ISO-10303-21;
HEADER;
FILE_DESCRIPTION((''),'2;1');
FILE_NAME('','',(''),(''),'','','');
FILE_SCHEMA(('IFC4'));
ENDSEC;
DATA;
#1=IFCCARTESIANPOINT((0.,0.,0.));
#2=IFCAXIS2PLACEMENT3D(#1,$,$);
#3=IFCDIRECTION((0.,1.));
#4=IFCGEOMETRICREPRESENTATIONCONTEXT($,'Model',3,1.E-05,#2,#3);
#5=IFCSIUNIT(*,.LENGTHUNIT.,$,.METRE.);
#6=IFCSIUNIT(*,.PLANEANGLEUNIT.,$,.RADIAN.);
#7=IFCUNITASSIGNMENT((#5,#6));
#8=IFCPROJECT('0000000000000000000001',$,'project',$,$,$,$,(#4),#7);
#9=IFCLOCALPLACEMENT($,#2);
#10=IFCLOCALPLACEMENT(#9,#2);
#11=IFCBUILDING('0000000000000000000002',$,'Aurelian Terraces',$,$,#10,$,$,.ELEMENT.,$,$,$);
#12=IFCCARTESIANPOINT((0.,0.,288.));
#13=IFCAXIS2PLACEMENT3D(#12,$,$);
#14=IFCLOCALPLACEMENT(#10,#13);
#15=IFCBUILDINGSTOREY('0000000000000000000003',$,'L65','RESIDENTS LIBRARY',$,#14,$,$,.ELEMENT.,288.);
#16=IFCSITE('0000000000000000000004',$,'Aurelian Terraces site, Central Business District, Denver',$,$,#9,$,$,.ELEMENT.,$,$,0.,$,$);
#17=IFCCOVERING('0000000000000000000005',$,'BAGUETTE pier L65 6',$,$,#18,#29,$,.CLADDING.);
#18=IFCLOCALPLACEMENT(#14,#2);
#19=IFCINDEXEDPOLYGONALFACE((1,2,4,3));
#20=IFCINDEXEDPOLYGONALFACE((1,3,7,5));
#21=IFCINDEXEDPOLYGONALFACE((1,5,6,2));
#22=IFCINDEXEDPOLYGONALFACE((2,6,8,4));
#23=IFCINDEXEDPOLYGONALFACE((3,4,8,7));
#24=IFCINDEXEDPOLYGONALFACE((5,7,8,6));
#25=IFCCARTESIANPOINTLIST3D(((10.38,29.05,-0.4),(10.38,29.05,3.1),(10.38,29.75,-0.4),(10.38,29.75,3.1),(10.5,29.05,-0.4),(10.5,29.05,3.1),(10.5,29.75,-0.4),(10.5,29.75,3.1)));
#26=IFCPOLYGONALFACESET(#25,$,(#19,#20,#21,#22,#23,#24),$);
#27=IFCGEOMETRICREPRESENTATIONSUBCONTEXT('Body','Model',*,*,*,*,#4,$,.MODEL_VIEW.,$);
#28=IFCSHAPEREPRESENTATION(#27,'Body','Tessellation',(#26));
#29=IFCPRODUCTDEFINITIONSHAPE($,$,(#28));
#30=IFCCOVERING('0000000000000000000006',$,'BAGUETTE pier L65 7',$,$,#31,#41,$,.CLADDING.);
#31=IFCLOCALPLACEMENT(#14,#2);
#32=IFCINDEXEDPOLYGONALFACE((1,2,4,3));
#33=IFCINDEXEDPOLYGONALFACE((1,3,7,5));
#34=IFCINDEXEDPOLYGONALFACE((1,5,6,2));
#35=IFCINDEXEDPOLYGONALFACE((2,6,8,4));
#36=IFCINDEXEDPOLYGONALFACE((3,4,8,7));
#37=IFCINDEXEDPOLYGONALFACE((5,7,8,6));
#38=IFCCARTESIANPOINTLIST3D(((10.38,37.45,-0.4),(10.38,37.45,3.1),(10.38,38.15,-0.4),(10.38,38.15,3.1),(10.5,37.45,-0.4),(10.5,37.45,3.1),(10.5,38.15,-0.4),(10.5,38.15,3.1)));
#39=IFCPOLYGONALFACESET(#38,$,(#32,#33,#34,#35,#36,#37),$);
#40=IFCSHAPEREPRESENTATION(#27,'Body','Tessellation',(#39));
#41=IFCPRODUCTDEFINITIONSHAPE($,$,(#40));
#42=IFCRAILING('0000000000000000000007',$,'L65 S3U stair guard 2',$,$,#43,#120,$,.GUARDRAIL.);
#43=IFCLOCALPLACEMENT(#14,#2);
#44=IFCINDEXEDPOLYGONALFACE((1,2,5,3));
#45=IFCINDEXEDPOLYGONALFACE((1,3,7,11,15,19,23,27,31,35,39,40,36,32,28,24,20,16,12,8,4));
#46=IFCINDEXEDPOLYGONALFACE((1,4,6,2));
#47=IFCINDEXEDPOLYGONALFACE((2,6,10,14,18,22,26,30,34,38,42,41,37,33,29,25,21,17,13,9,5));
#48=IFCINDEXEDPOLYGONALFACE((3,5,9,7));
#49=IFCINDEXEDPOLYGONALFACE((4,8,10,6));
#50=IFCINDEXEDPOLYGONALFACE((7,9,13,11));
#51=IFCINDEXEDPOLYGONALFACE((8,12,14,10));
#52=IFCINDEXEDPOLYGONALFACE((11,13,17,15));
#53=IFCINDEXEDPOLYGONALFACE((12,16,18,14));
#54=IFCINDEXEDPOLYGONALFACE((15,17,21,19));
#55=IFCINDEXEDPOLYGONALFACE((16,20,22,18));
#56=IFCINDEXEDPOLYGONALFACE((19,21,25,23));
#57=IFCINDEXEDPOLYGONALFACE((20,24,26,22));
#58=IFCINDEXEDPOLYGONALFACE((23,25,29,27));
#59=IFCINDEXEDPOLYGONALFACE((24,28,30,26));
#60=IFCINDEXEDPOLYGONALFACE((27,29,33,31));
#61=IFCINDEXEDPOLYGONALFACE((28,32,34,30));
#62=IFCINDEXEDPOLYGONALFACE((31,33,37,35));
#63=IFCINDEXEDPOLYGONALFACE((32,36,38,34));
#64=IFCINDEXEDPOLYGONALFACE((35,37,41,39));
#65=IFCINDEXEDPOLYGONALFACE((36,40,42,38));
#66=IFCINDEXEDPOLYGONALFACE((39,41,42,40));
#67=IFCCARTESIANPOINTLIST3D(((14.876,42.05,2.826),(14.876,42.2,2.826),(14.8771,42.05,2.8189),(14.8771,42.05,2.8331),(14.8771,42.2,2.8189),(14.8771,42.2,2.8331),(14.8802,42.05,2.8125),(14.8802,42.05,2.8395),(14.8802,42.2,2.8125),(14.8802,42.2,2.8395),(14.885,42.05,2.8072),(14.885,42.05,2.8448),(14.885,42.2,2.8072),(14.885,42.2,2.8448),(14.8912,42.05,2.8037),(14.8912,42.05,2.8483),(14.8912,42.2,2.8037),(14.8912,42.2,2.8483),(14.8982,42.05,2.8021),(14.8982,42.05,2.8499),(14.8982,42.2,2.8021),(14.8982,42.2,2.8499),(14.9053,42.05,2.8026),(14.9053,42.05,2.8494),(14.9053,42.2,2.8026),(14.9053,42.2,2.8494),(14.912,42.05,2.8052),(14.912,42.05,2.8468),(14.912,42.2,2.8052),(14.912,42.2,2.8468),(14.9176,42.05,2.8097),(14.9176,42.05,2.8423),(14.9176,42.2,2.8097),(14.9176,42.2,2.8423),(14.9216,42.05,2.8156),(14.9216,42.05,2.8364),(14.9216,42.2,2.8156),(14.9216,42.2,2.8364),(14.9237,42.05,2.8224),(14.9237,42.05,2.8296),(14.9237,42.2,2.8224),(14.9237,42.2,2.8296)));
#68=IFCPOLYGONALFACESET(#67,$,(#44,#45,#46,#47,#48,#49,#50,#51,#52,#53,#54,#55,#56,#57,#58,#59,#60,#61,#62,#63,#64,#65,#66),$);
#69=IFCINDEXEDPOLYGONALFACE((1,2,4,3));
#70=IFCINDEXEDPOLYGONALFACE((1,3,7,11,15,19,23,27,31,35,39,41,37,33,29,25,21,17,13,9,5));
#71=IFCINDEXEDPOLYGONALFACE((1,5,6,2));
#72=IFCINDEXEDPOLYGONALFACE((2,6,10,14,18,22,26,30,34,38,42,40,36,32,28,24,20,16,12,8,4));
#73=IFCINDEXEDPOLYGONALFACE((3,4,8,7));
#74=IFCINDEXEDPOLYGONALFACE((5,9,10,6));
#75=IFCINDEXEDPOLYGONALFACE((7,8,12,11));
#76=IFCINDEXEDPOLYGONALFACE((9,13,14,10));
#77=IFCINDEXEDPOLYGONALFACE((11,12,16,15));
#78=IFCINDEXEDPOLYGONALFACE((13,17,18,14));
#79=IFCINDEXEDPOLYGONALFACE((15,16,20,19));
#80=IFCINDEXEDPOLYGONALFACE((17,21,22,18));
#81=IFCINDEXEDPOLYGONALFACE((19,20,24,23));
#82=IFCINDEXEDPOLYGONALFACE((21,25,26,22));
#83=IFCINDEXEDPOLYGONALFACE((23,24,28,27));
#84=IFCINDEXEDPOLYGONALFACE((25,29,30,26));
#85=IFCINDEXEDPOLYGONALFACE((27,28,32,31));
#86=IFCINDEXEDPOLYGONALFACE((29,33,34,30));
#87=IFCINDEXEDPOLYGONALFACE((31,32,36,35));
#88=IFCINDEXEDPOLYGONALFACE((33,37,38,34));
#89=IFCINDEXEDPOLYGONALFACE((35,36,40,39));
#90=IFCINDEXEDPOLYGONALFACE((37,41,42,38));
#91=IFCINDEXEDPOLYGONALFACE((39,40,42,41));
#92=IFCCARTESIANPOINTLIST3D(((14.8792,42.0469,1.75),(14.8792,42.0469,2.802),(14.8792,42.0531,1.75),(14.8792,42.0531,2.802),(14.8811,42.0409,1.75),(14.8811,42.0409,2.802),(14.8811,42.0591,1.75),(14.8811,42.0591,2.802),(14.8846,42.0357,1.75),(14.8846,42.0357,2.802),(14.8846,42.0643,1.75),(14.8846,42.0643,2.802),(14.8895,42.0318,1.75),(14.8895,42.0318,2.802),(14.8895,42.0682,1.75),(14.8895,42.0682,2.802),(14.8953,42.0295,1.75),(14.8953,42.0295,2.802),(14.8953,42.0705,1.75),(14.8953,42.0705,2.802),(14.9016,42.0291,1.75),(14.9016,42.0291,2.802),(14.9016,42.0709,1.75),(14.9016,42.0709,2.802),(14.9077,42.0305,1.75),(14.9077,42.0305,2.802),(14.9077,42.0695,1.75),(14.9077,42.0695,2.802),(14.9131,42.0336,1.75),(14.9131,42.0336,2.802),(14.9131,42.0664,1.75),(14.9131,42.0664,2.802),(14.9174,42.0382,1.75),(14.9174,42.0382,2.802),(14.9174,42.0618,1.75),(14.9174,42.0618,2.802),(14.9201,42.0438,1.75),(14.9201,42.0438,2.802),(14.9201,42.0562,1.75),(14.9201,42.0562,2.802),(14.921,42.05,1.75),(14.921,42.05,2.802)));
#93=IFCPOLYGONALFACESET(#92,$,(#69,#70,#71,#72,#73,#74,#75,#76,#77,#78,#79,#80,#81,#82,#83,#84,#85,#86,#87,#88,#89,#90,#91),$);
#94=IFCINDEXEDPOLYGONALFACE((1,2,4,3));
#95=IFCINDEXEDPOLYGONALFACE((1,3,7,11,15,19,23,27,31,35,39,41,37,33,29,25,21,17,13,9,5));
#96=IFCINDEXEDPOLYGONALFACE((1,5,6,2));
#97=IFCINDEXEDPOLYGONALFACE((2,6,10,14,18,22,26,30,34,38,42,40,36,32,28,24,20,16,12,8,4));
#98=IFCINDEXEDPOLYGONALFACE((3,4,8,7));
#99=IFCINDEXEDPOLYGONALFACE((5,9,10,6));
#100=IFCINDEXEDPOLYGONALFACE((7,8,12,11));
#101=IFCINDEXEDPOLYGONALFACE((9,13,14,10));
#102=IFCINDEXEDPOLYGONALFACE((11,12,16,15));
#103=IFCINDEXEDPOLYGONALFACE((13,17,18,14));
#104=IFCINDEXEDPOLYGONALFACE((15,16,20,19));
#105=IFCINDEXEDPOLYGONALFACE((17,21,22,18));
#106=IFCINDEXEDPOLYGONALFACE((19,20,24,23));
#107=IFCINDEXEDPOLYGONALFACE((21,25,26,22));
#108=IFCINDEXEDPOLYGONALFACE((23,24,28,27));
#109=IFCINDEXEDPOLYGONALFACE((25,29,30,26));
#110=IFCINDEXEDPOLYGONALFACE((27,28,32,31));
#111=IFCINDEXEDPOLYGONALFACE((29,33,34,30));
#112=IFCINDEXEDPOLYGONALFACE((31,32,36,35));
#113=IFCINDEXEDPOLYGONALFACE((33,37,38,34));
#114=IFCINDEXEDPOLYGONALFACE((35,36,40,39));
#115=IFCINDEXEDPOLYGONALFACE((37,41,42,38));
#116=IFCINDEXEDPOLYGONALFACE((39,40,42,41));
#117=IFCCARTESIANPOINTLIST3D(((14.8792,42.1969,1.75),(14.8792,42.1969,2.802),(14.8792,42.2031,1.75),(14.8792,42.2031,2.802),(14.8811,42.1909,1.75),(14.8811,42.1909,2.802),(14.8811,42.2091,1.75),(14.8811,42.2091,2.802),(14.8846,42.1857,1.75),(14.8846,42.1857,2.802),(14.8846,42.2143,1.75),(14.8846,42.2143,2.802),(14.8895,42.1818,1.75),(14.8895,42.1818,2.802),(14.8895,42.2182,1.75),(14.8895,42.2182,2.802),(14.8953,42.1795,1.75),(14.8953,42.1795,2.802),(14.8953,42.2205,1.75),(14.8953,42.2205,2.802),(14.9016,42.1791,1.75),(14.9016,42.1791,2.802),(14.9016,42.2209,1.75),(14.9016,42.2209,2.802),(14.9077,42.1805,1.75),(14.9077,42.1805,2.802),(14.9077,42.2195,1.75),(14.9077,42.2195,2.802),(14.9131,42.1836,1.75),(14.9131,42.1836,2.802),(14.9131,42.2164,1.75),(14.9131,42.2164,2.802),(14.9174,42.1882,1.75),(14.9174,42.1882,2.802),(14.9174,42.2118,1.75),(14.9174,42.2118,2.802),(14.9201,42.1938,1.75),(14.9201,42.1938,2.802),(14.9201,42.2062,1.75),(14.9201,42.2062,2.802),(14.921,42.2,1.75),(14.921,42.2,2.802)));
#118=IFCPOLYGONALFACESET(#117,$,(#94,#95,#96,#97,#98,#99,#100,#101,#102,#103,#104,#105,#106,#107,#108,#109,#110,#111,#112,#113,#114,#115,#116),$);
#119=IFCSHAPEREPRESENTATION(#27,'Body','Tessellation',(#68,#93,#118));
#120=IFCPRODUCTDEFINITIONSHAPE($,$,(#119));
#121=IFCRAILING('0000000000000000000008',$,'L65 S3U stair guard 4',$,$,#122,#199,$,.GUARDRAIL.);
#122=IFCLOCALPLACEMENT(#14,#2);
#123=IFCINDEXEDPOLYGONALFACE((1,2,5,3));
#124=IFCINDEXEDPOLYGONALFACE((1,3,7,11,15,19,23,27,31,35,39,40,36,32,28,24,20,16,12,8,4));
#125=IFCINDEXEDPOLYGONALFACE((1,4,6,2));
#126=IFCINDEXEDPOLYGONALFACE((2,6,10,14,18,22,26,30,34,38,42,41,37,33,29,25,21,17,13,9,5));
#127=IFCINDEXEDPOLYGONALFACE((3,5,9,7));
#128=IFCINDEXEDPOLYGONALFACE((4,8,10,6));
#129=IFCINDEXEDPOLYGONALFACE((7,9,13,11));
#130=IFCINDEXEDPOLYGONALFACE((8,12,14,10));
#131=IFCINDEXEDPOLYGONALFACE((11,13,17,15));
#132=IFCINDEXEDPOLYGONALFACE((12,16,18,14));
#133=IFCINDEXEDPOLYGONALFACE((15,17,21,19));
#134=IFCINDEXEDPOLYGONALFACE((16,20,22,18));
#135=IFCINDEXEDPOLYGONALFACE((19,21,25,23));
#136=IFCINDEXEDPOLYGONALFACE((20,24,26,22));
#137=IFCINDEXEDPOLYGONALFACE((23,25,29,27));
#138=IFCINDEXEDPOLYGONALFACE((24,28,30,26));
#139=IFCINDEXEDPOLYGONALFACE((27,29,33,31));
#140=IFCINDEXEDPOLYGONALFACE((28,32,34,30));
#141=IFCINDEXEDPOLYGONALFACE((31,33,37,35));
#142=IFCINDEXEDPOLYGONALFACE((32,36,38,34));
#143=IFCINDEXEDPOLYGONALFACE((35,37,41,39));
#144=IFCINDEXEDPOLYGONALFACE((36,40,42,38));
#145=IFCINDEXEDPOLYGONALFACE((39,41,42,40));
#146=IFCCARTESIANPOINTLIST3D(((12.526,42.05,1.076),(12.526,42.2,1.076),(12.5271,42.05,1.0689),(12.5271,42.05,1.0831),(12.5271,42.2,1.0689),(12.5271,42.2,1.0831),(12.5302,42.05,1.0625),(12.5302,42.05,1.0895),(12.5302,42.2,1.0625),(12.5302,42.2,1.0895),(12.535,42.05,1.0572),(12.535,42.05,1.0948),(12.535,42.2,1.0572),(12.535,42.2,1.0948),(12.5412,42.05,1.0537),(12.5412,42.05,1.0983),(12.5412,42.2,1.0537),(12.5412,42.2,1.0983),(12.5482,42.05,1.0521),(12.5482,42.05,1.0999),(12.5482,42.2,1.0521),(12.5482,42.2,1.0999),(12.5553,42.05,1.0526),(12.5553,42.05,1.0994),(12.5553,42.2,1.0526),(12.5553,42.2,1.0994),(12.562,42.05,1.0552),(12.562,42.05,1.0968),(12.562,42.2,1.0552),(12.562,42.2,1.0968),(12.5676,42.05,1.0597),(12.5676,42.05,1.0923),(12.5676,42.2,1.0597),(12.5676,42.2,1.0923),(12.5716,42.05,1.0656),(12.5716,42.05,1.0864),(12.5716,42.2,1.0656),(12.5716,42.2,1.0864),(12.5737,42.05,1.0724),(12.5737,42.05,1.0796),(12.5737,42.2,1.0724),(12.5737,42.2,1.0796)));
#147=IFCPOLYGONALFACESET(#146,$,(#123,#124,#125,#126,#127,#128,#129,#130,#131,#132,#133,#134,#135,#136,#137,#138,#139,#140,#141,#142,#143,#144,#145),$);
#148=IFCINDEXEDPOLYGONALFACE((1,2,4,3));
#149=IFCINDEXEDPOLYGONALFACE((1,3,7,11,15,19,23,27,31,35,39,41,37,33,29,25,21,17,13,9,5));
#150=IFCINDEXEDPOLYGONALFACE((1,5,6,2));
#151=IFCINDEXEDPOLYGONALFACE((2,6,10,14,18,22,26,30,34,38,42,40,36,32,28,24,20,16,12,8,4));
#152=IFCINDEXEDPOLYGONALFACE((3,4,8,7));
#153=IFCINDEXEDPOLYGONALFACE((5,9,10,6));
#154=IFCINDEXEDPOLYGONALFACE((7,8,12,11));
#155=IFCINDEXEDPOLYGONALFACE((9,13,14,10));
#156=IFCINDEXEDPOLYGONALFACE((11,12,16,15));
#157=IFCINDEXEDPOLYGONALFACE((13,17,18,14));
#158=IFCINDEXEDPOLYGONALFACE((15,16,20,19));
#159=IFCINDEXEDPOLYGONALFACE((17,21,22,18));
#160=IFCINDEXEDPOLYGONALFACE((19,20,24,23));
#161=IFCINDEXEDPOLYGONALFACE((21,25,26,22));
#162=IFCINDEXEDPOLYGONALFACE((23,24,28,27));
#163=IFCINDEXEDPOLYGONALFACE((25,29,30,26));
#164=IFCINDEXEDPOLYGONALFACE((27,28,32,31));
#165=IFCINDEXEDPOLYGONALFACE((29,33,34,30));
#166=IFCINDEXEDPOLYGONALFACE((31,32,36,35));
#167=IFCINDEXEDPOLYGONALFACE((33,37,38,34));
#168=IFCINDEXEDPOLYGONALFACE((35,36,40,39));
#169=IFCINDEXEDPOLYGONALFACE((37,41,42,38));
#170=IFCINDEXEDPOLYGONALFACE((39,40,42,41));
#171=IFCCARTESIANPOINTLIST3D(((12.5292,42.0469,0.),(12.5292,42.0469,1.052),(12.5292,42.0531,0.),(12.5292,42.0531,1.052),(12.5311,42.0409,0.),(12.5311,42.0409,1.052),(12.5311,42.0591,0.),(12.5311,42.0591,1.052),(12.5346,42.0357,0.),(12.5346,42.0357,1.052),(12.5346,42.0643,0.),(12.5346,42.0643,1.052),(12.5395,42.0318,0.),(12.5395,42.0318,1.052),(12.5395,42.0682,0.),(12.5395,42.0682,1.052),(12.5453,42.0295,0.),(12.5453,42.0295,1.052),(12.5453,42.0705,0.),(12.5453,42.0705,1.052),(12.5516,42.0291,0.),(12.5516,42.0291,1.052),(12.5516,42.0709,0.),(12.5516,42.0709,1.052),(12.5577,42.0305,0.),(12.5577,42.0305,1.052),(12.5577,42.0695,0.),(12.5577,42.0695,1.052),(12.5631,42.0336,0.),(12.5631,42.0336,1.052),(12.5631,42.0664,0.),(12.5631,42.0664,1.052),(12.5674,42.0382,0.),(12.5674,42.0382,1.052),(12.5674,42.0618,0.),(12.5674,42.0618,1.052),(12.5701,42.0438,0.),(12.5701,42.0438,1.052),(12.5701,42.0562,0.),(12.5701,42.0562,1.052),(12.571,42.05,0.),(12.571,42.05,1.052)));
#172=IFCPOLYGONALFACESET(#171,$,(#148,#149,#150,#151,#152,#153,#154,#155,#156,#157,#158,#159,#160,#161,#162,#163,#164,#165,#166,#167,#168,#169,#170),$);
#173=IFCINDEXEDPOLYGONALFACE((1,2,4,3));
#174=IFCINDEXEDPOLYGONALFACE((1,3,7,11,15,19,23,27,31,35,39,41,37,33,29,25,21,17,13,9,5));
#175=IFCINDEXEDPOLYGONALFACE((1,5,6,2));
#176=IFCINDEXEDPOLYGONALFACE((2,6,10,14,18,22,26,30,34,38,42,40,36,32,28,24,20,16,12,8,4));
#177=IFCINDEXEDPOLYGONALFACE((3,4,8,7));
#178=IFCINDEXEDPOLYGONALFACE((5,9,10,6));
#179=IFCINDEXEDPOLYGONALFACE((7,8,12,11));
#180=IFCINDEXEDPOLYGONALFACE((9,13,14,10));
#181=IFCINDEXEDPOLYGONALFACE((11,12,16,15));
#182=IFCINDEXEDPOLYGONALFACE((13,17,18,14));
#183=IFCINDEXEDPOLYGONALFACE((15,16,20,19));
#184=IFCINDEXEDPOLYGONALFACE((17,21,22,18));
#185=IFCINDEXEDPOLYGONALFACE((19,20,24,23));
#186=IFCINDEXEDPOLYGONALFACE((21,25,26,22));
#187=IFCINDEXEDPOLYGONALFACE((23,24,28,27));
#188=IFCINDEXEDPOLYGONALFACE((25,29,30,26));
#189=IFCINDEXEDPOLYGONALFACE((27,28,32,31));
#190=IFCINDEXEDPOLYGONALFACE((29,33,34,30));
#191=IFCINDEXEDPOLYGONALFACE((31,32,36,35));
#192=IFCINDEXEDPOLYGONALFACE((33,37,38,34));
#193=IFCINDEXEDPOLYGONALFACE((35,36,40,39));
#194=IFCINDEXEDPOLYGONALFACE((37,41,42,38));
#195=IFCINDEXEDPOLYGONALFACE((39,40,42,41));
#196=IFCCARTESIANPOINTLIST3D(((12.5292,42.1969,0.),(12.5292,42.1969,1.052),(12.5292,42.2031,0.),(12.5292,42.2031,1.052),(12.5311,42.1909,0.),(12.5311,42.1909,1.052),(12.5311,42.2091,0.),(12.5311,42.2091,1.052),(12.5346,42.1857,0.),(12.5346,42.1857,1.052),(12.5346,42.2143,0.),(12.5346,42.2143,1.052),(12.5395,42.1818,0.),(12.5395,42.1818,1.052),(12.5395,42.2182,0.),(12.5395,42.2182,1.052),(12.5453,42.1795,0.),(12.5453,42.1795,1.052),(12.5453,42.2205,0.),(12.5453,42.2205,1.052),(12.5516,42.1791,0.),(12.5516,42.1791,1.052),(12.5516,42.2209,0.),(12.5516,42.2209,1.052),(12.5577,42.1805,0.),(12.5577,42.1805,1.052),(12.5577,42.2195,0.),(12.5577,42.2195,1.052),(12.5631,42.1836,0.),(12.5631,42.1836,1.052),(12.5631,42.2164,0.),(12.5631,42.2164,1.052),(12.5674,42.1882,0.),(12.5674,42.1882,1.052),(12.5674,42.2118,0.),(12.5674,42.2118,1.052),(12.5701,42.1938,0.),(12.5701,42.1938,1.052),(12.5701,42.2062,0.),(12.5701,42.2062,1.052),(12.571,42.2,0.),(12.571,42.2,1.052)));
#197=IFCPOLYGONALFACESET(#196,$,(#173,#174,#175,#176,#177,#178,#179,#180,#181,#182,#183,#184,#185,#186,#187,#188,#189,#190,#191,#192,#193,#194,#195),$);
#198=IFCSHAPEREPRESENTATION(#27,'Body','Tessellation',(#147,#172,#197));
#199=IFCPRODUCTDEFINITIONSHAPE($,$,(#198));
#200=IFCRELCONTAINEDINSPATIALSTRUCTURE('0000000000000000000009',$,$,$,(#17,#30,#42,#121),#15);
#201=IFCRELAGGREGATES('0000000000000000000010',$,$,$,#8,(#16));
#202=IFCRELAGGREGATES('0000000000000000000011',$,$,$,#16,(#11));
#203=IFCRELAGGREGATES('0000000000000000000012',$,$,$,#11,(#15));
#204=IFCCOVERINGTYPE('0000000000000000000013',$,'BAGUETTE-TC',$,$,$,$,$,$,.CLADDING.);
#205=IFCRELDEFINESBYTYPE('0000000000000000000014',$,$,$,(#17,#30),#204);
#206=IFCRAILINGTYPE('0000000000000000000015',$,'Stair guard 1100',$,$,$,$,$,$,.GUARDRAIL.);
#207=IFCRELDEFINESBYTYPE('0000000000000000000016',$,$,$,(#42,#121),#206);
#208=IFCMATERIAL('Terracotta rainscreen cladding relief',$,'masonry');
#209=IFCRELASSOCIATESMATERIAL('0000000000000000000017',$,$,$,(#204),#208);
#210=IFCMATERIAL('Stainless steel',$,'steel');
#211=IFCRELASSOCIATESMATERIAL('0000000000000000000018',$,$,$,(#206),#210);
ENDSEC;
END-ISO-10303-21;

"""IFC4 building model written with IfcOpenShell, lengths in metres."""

from ifc_helpers import new_model, si_unit, direction, frame, origin, origin_2d, place, context, subcontext, project, spatial, rectangle, circle, extrude, source, transform, mapped, material, type_object, element, save


model = new_model("IFC4")

# Units and contexts
model_context = context("Model", 3, precision=1e-05, world=origin(), true_north=direction((0.0, 1.0)))
body_context = subcontext(model_context, "Body", "Model", "MODEL_VIEW")
ifc_project = project(units=[si_unit("LENGTHUNIT", "METRE"), si_unit("PLANEANGLEUNIT", "RADIAN")], contexts=[model_context])

# Site, building, storey
site_placement = place(None, origin())
site = spatial("IfcSite", under=ifc_project, at=site_placement, Name="Aurelian Terraces site, Central Business District, Denver", CompositionType="ELEMENT", RefElevation=0.0)
building_placement = place(site_placement, origin())
building = spatial("IfcBuilding", under=site, at=building_placement, Name="Aurelian Terraces", CompositionType="ELEMENT")
storey_placement = place(building_placement, frame((0.0, 0.0, 288.0)))
storey = spatial("IfcBuildingStorey", under=building, at=storey_placement, Name="L65", Description="RESIDENTS LIBRARY", CompositionType="ELEMENT", Elevation=288.0)

# Coverings
ifc_material_1 = material(Name="Terracotta rainscreen cladding relief", Category="masonry")
covering_type = type_object("IfcCoveringType", Name="BAGUETTE-TC", PredefinedType="CLADDING", material=ifc_material_1)
shared_shape_1 = source(origin(), body_context, "Body", "SweptSolid", [
    extrude(rectangle(XDim=0.12, YDim=0.7, at=origin_2d()), origin(), (0.0, 0.0, 1.0), 3.5),
])
for number, where, z_axis, x_axis, name in (
    (1, (10.44, 29.4, -0.4), (0.0, 0.0, 1.0), (1.0, 0.0, 0.0), "BAGUETTE pier L65 6"),
    (2, (10.44, 37.8, -0.4), (0.0, 0.0, 1.0), (1.0, 0.0, 0.0), "BAGUETTE pier L65 7"),
):
    element("IfcCovering", number, at=place(storey_placement, frame(where, z_axis=z_axis, x_axis=x_axis)), inside=storey, type_object=covering_type, Name=name, PredefinedType="CLADDING", context=body_context, shape_type="MappedRepresentation", body=[
        mapped(shared_shape_1, transform((0.0, 0.0, 0.0), scale=1.0)),
    ])

# Railings
ifc_material_2 = material(Name="Stainless steel", Category="steel")
railing_type_1 = type_object("IfcRailingType", Name="Stair guard 1100", PredefinedType="GUARDRAIL", material=ifc_material_2)
shared_shape_2 = source(origin(), body_context, "Body", "SweptSolid", [
    extrude(circle(Radius=0.024, at=origin_2d()), frame((0.0, 0.0, 1.076), z_axis=(0.0, 1.0, 0.0), x_axis=(-1.0, 0.0, 0.0)), (0.0, 0.0, 1.0), 0.15),
    extrude(circle(Radius=0.021, at=origin_2d()), origin(), (0.0, 0.0, 1.0), 1.052),
    extrude(circle(Radius=0.021, at=origin_2d()), frame((0.0, 0.15, 0.0)), (0.0, 0.0, 1.0), 1.052),
])
for number, where, name in (
    (3, (14.9, 42.05, 1.75), "L65 S3U stair guard 2"),
    (4, (12.55, 42.05, 0.0), "L65 S3U stair guard 4"),
):
    element("IfcRailing", number, at=place(storey_placement, frame(where)), inside=storey, type_object=railing_type_1, Name=name, PredefinedType="GUARDRAIL", context=body_context, shape_type="MappedRepresentation", body=[
        mapped(shared_shape_2, transform((0.0, 0.0, 0.0), scale=1.0)),
    ])

save(model, "model.ifc")
